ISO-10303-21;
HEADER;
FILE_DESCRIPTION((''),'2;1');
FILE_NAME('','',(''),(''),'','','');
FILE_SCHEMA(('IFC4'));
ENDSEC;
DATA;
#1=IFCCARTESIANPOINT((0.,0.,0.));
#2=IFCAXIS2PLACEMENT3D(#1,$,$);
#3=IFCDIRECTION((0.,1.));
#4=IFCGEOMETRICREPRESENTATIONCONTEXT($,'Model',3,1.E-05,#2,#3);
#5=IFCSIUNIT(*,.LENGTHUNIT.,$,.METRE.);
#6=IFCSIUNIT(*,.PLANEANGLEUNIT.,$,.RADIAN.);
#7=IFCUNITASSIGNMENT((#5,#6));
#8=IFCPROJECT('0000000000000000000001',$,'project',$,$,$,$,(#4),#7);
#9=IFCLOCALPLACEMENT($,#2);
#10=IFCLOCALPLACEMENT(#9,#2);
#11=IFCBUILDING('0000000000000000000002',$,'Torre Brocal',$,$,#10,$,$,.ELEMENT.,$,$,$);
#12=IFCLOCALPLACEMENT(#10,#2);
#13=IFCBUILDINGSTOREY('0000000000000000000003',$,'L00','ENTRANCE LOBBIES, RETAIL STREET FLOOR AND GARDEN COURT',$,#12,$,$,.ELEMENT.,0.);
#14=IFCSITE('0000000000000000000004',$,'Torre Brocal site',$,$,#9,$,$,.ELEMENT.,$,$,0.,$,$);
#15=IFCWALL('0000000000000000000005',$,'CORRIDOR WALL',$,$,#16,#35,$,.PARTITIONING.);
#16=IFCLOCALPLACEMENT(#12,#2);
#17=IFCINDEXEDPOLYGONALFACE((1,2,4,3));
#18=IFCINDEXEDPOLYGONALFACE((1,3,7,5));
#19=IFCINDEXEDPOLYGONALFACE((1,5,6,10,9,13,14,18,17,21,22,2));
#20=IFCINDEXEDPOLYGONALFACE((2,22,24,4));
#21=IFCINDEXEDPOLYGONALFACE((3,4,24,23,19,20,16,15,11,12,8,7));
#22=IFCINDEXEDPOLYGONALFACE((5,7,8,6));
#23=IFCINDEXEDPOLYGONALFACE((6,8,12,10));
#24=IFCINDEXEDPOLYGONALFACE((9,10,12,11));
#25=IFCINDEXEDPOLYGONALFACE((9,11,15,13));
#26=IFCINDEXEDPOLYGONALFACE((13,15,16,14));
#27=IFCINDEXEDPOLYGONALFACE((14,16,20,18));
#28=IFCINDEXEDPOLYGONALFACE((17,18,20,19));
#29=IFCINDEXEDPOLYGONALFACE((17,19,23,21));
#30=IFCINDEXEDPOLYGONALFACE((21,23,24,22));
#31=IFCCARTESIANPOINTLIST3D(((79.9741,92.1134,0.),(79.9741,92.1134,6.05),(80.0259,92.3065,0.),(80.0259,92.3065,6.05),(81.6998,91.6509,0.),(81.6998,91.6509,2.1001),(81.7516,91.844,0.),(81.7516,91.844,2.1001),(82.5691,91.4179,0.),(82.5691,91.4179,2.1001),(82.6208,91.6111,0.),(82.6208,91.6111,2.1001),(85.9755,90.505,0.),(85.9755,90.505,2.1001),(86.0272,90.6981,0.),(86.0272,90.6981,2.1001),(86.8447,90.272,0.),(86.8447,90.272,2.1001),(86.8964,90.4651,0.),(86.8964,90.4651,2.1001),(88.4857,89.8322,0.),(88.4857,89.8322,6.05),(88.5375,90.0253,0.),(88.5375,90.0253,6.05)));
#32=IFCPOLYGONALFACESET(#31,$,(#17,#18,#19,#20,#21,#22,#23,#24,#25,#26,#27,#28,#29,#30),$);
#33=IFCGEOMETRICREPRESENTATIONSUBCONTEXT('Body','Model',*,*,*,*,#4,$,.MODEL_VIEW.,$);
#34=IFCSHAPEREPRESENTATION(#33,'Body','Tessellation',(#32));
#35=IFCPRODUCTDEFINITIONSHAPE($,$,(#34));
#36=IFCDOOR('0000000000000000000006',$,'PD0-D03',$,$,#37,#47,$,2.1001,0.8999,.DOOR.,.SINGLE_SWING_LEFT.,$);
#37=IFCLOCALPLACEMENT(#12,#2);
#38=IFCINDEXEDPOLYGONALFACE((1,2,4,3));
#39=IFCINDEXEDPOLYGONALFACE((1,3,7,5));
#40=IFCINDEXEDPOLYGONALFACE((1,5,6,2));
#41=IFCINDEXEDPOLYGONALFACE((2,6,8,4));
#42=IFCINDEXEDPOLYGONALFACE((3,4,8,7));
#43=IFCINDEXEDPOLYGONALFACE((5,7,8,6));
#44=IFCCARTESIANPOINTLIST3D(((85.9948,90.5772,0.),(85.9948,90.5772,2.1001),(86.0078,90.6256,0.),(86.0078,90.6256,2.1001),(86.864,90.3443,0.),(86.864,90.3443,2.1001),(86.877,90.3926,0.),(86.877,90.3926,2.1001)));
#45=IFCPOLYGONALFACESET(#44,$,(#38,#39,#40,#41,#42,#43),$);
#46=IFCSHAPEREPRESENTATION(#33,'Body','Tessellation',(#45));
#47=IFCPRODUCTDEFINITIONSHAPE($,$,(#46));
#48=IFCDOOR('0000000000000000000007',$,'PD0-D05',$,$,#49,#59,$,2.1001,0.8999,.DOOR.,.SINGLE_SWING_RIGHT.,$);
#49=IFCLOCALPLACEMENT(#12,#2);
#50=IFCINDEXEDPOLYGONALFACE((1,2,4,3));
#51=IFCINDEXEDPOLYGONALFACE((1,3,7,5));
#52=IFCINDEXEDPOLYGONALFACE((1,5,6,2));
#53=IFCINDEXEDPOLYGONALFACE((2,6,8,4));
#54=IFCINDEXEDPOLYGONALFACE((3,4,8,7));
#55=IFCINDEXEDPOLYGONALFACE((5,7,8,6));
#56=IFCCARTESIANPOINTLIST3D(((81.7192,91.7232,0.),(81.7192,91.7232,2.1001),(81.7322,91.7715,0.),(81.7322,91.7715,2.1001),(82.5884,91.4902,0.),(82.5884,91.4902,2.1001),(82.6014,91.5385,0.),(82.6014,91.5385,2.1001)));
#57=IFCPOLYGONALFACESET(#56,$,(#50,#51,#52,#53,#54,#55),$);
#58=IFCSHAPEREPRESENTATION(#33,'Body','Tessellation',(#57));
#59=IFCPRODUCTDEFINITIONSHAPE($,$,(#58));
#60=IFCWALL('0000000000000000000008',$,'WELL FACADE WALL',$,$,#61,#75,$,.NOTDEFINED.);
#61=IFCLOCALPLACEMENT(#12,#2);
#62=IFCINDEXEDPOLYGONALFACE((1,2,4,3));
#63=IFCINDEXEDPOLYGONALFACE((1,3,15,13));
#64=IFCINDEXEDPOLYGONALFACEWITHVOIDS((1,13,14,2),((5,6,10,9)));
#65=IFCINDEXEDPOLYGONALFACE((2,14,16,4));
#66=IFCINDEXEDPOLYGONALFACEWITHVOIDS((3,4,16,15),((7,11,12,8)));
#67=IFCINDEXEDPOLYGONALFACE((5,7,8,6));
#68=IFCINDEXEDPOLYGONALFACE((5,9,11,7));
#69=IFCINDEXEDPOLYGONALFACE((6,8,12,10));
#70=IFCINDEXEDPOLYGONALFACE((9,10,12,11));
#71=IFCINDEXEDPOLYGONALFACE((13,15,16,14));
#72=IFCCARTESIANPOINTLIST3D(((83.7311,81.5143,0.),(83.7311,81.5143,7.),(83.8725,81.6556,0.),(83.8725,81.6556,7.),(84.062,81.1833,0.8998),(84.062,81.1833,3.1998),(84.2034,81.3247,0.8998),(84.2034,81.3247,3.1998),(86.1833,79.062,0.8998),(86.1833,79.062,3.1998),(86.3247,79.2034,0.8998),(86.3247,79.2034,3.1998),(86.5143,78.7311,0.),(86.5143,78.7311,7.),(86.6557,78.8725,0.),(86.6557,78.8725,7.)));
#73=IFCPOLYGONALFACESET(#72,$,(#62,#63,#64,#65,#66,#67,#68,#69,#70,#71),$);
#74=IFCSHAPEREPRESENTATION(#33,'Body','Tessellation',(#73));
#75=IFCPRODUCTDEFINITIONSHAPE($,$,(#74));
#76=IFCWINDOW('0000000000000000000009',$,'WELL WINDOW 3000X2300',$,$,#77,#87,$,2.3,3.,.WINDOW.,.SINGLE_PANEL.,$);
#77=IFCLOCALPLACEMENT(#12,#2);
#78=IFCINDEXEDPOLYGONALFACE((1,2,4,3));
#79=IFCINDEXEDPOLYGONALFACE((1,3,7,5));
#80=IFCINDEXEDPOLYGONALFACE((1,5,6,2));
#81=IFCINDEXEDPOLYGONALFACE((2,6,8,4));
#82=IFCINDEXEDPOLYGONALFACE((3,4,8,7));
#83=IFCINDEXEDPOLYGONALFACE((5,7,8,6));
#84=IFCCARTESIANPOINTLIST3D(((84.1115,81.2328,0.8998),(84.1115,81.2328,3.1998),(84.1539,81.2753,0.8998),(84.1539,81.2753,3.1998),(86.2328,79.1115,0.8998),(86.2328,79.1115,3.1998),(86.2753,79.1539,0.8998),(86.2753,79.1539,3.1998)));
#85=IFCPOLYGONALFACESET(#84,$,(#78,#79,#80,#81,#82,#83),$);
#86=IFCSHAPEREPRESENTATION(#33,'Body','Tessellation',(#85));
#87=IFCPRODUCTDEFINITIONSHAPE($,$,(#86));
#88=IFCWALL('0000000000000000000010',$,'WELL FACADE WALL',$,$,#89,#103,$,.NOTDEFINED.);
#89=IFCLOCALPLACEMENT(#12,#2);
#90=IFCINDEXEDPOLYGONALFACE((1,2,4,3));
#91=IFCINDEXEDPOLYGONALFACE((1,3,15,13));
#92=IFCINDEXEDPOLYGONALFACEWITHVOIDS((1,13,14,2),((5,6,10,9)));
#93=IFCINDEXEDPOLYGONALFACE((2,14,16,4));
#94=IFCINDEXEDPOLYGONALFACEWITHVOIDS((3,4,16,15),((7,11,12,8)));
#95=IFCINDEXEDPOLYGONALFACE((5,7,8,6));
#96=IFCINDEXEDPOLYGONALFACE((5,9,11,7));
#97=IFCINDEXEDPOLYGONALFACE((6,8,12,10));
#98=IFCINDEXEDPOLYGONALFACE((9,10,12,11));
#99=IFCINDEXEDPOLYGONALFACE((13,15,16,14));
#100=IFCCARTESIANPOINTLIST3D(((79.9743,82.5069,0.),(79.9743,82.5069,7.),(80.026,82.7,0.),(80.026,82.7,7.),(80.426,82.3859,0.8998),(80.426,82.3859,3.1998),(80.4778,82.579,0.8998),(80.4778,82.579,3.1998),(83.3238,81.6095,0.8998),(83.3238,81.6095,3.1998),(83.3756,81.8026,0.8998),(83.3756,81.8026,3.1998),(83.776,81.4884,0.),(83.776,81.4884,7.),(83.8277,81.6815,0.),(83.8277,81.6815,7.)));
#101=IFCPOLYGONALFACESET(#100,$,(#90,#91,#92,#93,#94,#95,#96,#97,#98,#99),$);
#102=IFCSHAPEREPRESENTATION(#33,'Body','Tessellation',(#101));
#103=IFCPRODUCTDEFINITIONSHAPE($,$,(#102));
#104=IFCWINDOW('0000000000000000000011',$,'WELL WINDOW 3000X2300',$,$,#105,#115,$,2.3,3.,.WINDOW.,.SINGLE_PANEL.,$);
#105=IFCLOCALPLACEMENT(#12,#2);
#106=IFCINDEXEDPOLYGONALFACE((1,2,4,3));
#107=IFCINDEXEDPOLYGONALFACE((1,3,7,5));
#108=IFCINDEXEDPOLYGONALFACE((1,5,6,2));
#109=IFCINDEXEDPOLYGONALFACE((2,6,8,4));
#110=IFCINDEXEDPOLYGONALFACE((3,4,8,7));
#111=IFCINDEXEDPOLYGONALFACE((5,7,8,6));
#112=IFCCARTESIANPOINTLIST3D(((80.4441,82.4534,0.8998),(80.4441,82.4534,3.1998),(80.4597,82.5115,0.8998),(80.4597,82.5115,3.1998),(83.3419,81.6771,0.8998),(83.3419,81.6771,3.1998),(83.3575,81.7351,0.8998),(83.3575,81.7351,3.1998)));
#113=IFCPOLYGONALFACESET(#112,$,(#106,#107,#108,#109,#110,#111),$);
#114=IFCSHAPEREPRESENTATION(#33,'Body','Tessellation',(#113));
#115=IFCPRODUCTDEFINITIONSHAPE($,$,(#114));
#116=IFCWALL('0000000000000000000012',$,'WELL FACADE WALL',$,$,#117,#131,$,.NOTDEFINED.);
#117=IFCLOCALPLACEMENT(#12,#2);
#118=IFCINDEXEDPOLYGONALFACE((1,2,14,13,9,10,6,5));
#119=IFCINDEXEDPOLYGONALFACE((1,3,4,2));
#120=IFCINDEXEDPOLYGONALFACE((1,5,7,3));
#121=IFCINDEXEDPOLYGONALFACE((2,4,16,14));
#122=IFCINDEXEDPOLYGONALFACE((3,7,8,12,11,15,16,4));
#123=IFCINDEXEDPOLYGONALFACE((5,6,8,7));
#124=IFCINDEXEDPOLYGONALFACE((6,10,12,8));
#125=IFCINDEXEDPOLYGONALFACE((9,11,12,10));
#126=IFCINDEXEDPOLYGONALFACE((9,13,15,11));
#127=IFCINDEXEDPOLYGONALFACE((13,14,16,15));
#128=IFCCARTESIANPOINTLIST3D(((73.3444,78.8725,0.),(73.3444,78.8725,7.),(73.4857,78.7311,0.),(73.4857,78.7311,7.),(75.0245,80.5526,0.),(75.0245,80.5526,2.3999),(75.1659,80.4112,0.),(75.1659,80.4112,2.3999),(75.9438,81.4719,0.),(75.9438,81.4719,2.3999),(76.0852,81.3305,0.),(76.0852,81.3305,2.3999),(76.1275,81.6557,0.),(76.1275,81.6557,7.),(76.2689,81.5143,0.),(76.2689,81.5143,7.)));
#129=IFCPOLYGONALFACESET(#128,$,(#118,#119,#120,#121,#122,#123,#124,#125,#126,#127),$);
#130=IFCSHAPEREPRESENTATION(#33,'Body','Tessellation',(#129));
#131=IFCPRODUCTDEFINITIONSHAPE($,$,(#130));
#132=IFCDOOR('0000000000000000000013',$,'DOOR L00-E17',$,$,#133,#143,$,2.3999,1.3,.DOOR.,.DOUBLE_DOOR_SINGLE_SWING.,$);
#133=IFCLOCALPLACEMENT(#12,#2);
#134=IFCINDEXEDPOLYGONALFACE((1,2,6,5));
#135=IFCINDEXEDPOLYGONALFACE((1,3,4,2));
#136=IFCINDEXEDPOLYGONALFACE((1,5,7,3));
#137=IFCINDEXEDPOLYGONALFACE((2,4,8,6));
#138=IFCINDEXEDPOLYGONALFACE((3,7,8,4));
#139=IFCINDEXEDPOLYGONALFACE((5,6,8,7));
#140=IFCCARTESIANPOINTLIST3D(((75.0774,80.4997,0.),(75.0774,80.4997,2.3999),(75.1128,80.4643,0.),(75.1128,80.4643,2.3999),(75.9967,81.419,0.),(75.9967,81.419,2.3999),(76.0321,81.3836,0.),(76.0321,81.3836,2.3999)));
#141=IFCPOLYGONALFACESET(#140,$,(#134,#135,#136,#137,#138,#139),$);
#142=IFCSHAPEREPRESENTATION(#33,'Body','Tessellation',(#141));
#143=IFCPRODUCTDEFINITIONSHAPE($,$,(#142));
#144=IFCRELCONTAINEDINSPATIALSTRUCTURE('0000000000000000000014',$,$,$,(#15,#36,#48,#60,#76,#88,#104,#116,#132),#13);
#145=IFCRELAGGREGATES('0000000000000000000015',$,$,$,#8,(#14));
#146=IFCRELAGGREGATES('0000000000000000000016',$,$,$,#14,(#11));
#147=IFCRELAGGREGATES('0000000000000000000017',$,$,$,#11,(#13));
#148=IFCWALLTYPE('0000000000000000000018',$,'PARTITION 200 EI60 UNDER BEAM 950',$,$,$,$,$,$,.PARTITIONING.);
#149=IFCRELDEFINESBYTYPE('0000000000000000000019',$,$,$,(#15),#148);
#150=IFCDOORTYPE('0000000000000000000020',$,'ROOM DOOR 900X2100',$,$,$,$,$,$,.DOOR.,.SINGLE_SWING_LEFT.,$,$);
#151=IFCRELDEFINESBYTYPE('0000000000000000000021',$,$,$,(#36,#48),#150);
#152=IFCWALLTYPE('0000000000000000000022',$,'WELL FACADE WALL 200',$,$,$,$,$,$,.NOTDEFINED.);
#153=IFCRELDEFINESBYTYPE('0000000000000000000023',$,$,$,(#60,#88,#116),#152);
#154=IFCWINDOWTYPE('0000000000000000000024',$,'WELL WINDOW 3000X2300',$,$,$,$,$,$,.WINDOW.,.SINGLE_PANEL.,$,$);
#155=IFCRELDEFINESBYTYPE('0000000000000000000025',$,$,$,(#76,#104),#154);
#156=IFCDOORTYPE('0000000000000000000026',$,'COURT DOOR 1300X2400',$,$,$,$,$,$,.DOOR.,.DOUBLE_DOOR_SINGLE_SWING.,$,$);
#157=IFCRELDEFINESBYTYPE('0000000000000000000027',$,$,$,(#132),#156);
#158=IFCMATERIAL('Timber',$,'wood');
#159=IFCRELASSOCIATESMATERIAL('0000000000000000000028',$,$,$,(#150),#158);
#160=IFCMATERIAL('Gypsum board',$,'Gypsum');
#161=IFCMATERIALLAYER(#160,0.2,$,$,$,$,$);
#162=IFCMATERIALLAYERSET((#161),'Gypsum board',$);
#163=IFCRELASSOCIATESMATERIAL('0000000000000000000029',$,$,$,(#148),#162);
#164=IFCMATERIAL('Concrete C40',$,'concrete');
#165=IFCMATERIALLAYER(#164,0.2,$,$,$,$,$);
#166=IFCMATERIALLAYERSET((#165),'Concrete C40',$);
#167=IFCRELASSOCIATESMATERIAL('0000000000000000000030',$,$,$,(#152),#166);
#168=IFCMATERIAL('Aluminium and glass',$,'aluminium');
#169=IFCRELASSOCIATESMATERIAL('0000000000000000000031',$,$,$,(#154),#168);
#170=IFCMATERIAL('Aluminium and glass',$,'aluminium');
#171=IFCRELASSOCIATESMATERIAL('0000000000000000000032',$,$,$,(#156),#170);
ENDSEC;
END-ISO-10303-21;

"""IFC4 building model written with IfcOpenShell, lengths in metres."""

from ifc_helpers import new_model, si_unit, direction, frame, frame_2d, origin, place, context, subcontext, project, spatial, rectangle, extrude, material, layer, layer_set, type_object, element, fill, save


model = new_model("IFC4")

# Units and contexts
model_context = context("Model", 3, precision=1e-05, world=origin(), true_north=direction((0.0, 1.0)))
body_context = subcontext(model_context, "Body", "Model", "MODEL_VIEW")
ifc_project = project(units=[si_unit("LENGTHUNIT", "METRE"), si_unit("PLANEANGLEUNIT", "RADIAN")], contexts=[model_context])

# Site, building, storey
site_placement = place(None, origin())
site = spatial("IfcSite", under=ifc_project, at=site_placement, Name="Torre Brocal site", CompositionType="ELEMENT", RefElevation=0.0)
building_placement = place(site_placement, origin())
building = spatial("IfcBuilding", under=site, at=building_placement, Name="Torre Brocal", CompositionType="ELEMENT")
storey_placement = place(building_placement, origin())
storey = spatial("IfcBuildingStorey", under=building, at=storey_placement, Name="L00", Description="ENTRANCE LOBBIES, RETAIL STREET FLOOR AND GARDEN COURT", CompositionType="ELEMENT", Elevation=0.0)

# Shared definitions
ifc_material_1 = material(Name="Timber", Category="wood")
door_type_1 = type_object("IfcDoorType", Name="ROOM DOOR 900X2100", OperationType="SINGLE_SWING_LEFT", PredefinedType="DOOR", material=ifc_material_1)

# Wall, openings, doors
ifc_material_2 = material(Name="Gypsum board", Category="Gypsum")
ifc_layer_1 = layer(ifc_material_2, 0.2)
ifc_layer_set_1 = layer_set([ifc_layer_1], Name="Gypsum board")
wall_type_1 = type_object("IfcWallType", Name="PARTITION 200 EI60 UNDER BEAM 950", PredefinedType="PARTITIONING", material=ifc_layer_set_1)
wall_1_placement = place(storey_placement, frame((80.0, 92.21, 0.0), z_axis=(0.0, 0.0, 1.0), x_axis=(0.96591, -0.258876, 0.0)))
wall_1 = element("IfcWall", 1, at=wall_1_placement, inside=storey, type_object=wall_type_1, Name="CORRIDOR WALL", PredefinedType="PARTITIONING", context=body_context, shape_type="SweptSolid", body=[
    extrude(rectangle(XDim=8.812, YDim=0.2, at=frame_2d((4.406, 0.0))), origin(), (0.0, 0.0, 1.0), 6.05),
])
opening_1_placement = place(wall_1_placement, frame((6.2131, 0.0, 0.0)))
opening_1 = element("IfcOpeningElement", 2, at=opening_1_placement, cuts=wall_1, PredefinedType="OPENING", context=body_context, shape_type="SweptSolid", body=[
    extrude(rectangle(XDim=0.8999, YDim=2.1001, at=frame_2d((0.45, 1.05))), frame((0.0, 0.1099, 0.0), z_axis=(0.0, -1.0, 0.0), x_axis=(1.0, 0.0, 0.0)), (0.0, 0.0, 1.0), 0.22),
])
opening_2_placement = place(wall_1_placement, frame((1.7866, 0.0, 0.0)))
opening_2 = element("IfcOpeningElement", 3, at=opening_2_placement, cuts=wall_1, PredefinedType="OPENING", context=body_context, shape_type="SweptSolid", body=[
    extrude(rectangle(XDim=0.8999, YDim=2.1001, at=frame_2d((0.45, 1.05))), frame((0.0, 0.1099, 0.0), z_axis=(0.0, -1.0, 0.0), x_axis=(1.0, 0.0, 0.0)), (0.0, 0.0, 1.0), 0.22),
])
door_1_placement = place(opening_1_placement, origin())
door_1 = element("IfcDoor", 4, at=door_1_placement, inside=storey, type_object=door_type_1, Name="PD0-D03", OperationType="SINGLE_SWING_LEFT", OverallHeight=2.1001, OverallWidth=0.8999, PredefinedType="DOOR", context=body_context, shape_type="SweptSolid", body=[
    extrude(rectangle(XDim=0.8999, YDim=2.1001, at=frame_2d((0.45, 1.05))), frame((0.0, 0.0249, 0.0), z_axis=(0.0, -1.0, 0.0), x_axis=(1.0, 0.0, 0.0)), (0.0, 0.0, 1.0), 0.05),
])
fill(opening_1, door_1)
door_2_placement = place(opening_2_placement, origin())
door_2 = element("IfcDoor", 5, at=door_2_placement, inside=storey, type_object=door_type_1, Name="PD0-D05", OperationType="SINGLE_SWING_RIGHT", OverallHeight=2.1001, OverallWidth=0.8999, PredefinedType="DOOR", context=body_context, shape_type="SweptSolid", body=[
    extrude(rectangle(XDim=0.8999, YDim=2.1001, at=frame_2d((0.45, 1.05))), frame((0.0, 0.0249, 0.0), z_axis=(0.0, -1.0, 0.0), x_axis=(1.0, 0.0, 0.0)), (0.0, 0.0, 1.0), 0.05),
])
fill(opening_2, door_2)

# Walls, openings, windows
ifc_material_3 = material(Name="Concrete C40", Category="concrete")
ifc_layer_2 = layer(ifc_material_3, 0.2)
ifc_layer_set_2 = layer_set([ifc_layer_2], Name="Concrete C40")
wall_type_2 = type_object("IfcWallType", Name="WELL FACADE WALL 200", PredefinedType="NOTDEFINED", material=ifc_layer_set_2)
wall_2_placement = place(storey_placement, frame((86.585, 78.8018, 0.0), z_axis=(0.0, 0.0, 1.0), x_axis=(-0.707107, 0.707107, 0.0)))
wall_2 = element("IfcWall", 6, at=wall_2_placement, inside=storey, type_object=wall_type_2, Name="WELL FACADE WALL", PredefinedType="NOTDEFINED", context=body_context, shape_type="SweptSolid", body=[
    extrude(rectangle(XDim=3.936, YDim=0.2, at=frame_2d((1.968, 0.0))), origin(), (0.0, 0.0, 1.0), 7.0),
])
opening_3_placement = place(wall_2_placement, frame((0.468, 0.0, 0.8999)))
opening_3 = element("IfcOpeningElement", 7, at=opening_3_placement, cuts=wall_2, PredefinedType="OPENING", context=body_context, shape_type="SweptSolid", body=[
    extrude(rectangle(XDim=3.0, YDim=2.3, at=frame_2d((1.5, 1.1499))), frame((0.0, 0.1099, 0.0), z_axis=(0.0, -1.0, 0.0), x_axis=(1.0, 0.0, 0.0)), (0.0, 0.0, 1.0), 0.22),
])
ifc_material_4 = material(Name="Aluminium and glass", Category="aluminium")
window_type = type_object("IfcWindowType", Name="WELL WINDOW 3000X2300", PartitioningType="SINGLE_PANEL", PredefinedType="WINDOW", material=ifc_material_4)
window_1_placement = place(opening_3_placement, origin())
window_1 = element("IfcWindow", 8, at=window_1_placement, inside=storey, type_object=window_type, Name="WELL WINDOW 3000X2300", OverallHeight=2.3, OverallWidth=3.0, PartitioningType="SINGLE_PANEL", PredefinedType="WINDOW", context=body_context, shape_type="SweptSolid", body=[
    extrude(rectangle(XDim=3.0, YDim=2.3, at=frame_2d((1.5, 1.1499))), frame((0.0, 0.03, 0.0), z_axis=(0.0, -1.0, 0.0), x_axis=(1.0, 0.0, 0.0)), (0.0, 0.0, 1.0), 0.0601),
])
fill(opening_3, window_1)
wall_3_placement = place(storey_placement, frame((83.8018, 81.585, 0.0), z_axis=(0.0, 0.0, 1.0), x_axis=(-0.965934, 0.25879, 0.0)))
wall_3 = element("IfcWall", 9, at=wall_3_placement, inside=storey, type_object=wall_type_2, Name="WELL FACADE WALL", PredefinedType="NOTDEFINED", context=body_context, shape_type="SweptSolid", body=[
    extrude(rectangle(XDim=3.9358, YDim=0.2, at=frame_2d((1.9678, 0.0))), origin(), (0.0, 0.0, 1.0), 7.0),
])
opening_4_placement = place(wall_3_placement, frame((0.468, 0.0, 0.8999)))
opening_4 = element("IfcOpeningElement", 10, at=opening_4_placement, cuts=wall_3, PredefinedType="OPENING", context=body_context, shape_type="SweptSolid", body=[
    extrude(rectangle(XDim=3.0, YDim=2.3, at=frame_2d((1.5, 1.1499))), frame((0.0, 0.1099, 0.0), z_axis=(0.0, -1.0, 0.0), x_axis=(1.0, 0.0, 0.0)), (0.0, 0.0, 1.0), 0.22),
])
window_2_placement = place(opening_4_placement, origin())
window_2 = element("IfcWindow", 11, at=window_2_placement, inside=storey, type_object=window_type, Name="WELL WINDOW 3000X2300", OverallHeight=2.3, OverallWidth=3.0, PartitioningType="SINGLE_PANEL", PredefinedType="WINDOW", context=body_context, shape_type="SweptSolid", body=[
    extrude(rectangle(XDim=3.0, YDim=2.3, at=frame_2d((1.5, 1.1499))), frame((0.0, 0.03, 0.0), z_axis=(0.0, -1.0, 0.0), x_axis=(1.0, 0.0, 0.0)), (0.0, 0.0, 1.0), 0.0601),
])
fill(opening_4, window_2)

# Wall, opening, door
wall_4_placement = place(storey_placement, frame((76.1982, 81.585, 0.0), z_axis=(0.0, 0.0, 1.0), x_axis=(-0.707107, -0.707107, 0.0)))
wall_4 = element("IfcWall", 12, at=wall_4_placement, inside=storey, type_object=wall_type_2, Name="WELL FACADE WALL", PredefinedType="NOTDEFINED", context=body_context, shape_type="SweptSolid", body=[
    extrude(rectangle(XDim=3.936, YDim=0.2, at=frame_2d((1.968, 0.0))), origin(), (0.0, 0.0, 1.0), 7.0),
])
opening_5_placement = place(wall_4_placement, frame((0.26, 0.0, 0.0)))
opening_5 = element("IfcOpeningElement", 13, at=opening_5_placement, cuts=wall_4, PredefinedType="OPENING", context=body_context, shape_type="SweptSolid", body=[
    extrude(rectangle(XDim=1.3, YDim=2.3999, at=frame_2d((0.6499, 1.2))), frame((0.0, 0.1099, 0.0), z_axis=(0.0, -1.0, 0.0), x_axis=(1.0, 0.0, 0.0)), (0.0, 0.0, 1.0), 0.22),
])
ifc_material_5 = material(Name="Aluminium and glass", Category="aluminium")
door_type_2 = type_object("IfcDoorType", Name="COURT DOOR 1300X2400", OperationType="DOUBLE_DOOR_SINGLE_SWING", PredefinedType="DOOR", material=ifc_material_5)
door_3_placement = place(opening_5_placement, origin())
door_3 = element("IfcDoor", 14, at=door_3_placement, inside=storey, type_object=door_type_2, Name="DOOR L00-E17", OperationType="DOUBLE_DOOR_SINGLE_SWING", OverallHeight=2.3999, OverallWidth=1.3, PredefinedType="DOOR", context=body_context, shape_type="SweptSolid", body=[
    extrude(rectangle(XDim=1.3, YDim=2.3999, at=frame_2d((0.6499, 1.2))), frame((0.0, 0.0249, 0.0), z_axis=(0.0, -1.0, 0.0), x_axis=(1.0, 0.0, 0.0)), (0.0, 0.0, 1.0), 0.05),
])
fill(opening_5, door_3)

save(model, "model.ifc")
